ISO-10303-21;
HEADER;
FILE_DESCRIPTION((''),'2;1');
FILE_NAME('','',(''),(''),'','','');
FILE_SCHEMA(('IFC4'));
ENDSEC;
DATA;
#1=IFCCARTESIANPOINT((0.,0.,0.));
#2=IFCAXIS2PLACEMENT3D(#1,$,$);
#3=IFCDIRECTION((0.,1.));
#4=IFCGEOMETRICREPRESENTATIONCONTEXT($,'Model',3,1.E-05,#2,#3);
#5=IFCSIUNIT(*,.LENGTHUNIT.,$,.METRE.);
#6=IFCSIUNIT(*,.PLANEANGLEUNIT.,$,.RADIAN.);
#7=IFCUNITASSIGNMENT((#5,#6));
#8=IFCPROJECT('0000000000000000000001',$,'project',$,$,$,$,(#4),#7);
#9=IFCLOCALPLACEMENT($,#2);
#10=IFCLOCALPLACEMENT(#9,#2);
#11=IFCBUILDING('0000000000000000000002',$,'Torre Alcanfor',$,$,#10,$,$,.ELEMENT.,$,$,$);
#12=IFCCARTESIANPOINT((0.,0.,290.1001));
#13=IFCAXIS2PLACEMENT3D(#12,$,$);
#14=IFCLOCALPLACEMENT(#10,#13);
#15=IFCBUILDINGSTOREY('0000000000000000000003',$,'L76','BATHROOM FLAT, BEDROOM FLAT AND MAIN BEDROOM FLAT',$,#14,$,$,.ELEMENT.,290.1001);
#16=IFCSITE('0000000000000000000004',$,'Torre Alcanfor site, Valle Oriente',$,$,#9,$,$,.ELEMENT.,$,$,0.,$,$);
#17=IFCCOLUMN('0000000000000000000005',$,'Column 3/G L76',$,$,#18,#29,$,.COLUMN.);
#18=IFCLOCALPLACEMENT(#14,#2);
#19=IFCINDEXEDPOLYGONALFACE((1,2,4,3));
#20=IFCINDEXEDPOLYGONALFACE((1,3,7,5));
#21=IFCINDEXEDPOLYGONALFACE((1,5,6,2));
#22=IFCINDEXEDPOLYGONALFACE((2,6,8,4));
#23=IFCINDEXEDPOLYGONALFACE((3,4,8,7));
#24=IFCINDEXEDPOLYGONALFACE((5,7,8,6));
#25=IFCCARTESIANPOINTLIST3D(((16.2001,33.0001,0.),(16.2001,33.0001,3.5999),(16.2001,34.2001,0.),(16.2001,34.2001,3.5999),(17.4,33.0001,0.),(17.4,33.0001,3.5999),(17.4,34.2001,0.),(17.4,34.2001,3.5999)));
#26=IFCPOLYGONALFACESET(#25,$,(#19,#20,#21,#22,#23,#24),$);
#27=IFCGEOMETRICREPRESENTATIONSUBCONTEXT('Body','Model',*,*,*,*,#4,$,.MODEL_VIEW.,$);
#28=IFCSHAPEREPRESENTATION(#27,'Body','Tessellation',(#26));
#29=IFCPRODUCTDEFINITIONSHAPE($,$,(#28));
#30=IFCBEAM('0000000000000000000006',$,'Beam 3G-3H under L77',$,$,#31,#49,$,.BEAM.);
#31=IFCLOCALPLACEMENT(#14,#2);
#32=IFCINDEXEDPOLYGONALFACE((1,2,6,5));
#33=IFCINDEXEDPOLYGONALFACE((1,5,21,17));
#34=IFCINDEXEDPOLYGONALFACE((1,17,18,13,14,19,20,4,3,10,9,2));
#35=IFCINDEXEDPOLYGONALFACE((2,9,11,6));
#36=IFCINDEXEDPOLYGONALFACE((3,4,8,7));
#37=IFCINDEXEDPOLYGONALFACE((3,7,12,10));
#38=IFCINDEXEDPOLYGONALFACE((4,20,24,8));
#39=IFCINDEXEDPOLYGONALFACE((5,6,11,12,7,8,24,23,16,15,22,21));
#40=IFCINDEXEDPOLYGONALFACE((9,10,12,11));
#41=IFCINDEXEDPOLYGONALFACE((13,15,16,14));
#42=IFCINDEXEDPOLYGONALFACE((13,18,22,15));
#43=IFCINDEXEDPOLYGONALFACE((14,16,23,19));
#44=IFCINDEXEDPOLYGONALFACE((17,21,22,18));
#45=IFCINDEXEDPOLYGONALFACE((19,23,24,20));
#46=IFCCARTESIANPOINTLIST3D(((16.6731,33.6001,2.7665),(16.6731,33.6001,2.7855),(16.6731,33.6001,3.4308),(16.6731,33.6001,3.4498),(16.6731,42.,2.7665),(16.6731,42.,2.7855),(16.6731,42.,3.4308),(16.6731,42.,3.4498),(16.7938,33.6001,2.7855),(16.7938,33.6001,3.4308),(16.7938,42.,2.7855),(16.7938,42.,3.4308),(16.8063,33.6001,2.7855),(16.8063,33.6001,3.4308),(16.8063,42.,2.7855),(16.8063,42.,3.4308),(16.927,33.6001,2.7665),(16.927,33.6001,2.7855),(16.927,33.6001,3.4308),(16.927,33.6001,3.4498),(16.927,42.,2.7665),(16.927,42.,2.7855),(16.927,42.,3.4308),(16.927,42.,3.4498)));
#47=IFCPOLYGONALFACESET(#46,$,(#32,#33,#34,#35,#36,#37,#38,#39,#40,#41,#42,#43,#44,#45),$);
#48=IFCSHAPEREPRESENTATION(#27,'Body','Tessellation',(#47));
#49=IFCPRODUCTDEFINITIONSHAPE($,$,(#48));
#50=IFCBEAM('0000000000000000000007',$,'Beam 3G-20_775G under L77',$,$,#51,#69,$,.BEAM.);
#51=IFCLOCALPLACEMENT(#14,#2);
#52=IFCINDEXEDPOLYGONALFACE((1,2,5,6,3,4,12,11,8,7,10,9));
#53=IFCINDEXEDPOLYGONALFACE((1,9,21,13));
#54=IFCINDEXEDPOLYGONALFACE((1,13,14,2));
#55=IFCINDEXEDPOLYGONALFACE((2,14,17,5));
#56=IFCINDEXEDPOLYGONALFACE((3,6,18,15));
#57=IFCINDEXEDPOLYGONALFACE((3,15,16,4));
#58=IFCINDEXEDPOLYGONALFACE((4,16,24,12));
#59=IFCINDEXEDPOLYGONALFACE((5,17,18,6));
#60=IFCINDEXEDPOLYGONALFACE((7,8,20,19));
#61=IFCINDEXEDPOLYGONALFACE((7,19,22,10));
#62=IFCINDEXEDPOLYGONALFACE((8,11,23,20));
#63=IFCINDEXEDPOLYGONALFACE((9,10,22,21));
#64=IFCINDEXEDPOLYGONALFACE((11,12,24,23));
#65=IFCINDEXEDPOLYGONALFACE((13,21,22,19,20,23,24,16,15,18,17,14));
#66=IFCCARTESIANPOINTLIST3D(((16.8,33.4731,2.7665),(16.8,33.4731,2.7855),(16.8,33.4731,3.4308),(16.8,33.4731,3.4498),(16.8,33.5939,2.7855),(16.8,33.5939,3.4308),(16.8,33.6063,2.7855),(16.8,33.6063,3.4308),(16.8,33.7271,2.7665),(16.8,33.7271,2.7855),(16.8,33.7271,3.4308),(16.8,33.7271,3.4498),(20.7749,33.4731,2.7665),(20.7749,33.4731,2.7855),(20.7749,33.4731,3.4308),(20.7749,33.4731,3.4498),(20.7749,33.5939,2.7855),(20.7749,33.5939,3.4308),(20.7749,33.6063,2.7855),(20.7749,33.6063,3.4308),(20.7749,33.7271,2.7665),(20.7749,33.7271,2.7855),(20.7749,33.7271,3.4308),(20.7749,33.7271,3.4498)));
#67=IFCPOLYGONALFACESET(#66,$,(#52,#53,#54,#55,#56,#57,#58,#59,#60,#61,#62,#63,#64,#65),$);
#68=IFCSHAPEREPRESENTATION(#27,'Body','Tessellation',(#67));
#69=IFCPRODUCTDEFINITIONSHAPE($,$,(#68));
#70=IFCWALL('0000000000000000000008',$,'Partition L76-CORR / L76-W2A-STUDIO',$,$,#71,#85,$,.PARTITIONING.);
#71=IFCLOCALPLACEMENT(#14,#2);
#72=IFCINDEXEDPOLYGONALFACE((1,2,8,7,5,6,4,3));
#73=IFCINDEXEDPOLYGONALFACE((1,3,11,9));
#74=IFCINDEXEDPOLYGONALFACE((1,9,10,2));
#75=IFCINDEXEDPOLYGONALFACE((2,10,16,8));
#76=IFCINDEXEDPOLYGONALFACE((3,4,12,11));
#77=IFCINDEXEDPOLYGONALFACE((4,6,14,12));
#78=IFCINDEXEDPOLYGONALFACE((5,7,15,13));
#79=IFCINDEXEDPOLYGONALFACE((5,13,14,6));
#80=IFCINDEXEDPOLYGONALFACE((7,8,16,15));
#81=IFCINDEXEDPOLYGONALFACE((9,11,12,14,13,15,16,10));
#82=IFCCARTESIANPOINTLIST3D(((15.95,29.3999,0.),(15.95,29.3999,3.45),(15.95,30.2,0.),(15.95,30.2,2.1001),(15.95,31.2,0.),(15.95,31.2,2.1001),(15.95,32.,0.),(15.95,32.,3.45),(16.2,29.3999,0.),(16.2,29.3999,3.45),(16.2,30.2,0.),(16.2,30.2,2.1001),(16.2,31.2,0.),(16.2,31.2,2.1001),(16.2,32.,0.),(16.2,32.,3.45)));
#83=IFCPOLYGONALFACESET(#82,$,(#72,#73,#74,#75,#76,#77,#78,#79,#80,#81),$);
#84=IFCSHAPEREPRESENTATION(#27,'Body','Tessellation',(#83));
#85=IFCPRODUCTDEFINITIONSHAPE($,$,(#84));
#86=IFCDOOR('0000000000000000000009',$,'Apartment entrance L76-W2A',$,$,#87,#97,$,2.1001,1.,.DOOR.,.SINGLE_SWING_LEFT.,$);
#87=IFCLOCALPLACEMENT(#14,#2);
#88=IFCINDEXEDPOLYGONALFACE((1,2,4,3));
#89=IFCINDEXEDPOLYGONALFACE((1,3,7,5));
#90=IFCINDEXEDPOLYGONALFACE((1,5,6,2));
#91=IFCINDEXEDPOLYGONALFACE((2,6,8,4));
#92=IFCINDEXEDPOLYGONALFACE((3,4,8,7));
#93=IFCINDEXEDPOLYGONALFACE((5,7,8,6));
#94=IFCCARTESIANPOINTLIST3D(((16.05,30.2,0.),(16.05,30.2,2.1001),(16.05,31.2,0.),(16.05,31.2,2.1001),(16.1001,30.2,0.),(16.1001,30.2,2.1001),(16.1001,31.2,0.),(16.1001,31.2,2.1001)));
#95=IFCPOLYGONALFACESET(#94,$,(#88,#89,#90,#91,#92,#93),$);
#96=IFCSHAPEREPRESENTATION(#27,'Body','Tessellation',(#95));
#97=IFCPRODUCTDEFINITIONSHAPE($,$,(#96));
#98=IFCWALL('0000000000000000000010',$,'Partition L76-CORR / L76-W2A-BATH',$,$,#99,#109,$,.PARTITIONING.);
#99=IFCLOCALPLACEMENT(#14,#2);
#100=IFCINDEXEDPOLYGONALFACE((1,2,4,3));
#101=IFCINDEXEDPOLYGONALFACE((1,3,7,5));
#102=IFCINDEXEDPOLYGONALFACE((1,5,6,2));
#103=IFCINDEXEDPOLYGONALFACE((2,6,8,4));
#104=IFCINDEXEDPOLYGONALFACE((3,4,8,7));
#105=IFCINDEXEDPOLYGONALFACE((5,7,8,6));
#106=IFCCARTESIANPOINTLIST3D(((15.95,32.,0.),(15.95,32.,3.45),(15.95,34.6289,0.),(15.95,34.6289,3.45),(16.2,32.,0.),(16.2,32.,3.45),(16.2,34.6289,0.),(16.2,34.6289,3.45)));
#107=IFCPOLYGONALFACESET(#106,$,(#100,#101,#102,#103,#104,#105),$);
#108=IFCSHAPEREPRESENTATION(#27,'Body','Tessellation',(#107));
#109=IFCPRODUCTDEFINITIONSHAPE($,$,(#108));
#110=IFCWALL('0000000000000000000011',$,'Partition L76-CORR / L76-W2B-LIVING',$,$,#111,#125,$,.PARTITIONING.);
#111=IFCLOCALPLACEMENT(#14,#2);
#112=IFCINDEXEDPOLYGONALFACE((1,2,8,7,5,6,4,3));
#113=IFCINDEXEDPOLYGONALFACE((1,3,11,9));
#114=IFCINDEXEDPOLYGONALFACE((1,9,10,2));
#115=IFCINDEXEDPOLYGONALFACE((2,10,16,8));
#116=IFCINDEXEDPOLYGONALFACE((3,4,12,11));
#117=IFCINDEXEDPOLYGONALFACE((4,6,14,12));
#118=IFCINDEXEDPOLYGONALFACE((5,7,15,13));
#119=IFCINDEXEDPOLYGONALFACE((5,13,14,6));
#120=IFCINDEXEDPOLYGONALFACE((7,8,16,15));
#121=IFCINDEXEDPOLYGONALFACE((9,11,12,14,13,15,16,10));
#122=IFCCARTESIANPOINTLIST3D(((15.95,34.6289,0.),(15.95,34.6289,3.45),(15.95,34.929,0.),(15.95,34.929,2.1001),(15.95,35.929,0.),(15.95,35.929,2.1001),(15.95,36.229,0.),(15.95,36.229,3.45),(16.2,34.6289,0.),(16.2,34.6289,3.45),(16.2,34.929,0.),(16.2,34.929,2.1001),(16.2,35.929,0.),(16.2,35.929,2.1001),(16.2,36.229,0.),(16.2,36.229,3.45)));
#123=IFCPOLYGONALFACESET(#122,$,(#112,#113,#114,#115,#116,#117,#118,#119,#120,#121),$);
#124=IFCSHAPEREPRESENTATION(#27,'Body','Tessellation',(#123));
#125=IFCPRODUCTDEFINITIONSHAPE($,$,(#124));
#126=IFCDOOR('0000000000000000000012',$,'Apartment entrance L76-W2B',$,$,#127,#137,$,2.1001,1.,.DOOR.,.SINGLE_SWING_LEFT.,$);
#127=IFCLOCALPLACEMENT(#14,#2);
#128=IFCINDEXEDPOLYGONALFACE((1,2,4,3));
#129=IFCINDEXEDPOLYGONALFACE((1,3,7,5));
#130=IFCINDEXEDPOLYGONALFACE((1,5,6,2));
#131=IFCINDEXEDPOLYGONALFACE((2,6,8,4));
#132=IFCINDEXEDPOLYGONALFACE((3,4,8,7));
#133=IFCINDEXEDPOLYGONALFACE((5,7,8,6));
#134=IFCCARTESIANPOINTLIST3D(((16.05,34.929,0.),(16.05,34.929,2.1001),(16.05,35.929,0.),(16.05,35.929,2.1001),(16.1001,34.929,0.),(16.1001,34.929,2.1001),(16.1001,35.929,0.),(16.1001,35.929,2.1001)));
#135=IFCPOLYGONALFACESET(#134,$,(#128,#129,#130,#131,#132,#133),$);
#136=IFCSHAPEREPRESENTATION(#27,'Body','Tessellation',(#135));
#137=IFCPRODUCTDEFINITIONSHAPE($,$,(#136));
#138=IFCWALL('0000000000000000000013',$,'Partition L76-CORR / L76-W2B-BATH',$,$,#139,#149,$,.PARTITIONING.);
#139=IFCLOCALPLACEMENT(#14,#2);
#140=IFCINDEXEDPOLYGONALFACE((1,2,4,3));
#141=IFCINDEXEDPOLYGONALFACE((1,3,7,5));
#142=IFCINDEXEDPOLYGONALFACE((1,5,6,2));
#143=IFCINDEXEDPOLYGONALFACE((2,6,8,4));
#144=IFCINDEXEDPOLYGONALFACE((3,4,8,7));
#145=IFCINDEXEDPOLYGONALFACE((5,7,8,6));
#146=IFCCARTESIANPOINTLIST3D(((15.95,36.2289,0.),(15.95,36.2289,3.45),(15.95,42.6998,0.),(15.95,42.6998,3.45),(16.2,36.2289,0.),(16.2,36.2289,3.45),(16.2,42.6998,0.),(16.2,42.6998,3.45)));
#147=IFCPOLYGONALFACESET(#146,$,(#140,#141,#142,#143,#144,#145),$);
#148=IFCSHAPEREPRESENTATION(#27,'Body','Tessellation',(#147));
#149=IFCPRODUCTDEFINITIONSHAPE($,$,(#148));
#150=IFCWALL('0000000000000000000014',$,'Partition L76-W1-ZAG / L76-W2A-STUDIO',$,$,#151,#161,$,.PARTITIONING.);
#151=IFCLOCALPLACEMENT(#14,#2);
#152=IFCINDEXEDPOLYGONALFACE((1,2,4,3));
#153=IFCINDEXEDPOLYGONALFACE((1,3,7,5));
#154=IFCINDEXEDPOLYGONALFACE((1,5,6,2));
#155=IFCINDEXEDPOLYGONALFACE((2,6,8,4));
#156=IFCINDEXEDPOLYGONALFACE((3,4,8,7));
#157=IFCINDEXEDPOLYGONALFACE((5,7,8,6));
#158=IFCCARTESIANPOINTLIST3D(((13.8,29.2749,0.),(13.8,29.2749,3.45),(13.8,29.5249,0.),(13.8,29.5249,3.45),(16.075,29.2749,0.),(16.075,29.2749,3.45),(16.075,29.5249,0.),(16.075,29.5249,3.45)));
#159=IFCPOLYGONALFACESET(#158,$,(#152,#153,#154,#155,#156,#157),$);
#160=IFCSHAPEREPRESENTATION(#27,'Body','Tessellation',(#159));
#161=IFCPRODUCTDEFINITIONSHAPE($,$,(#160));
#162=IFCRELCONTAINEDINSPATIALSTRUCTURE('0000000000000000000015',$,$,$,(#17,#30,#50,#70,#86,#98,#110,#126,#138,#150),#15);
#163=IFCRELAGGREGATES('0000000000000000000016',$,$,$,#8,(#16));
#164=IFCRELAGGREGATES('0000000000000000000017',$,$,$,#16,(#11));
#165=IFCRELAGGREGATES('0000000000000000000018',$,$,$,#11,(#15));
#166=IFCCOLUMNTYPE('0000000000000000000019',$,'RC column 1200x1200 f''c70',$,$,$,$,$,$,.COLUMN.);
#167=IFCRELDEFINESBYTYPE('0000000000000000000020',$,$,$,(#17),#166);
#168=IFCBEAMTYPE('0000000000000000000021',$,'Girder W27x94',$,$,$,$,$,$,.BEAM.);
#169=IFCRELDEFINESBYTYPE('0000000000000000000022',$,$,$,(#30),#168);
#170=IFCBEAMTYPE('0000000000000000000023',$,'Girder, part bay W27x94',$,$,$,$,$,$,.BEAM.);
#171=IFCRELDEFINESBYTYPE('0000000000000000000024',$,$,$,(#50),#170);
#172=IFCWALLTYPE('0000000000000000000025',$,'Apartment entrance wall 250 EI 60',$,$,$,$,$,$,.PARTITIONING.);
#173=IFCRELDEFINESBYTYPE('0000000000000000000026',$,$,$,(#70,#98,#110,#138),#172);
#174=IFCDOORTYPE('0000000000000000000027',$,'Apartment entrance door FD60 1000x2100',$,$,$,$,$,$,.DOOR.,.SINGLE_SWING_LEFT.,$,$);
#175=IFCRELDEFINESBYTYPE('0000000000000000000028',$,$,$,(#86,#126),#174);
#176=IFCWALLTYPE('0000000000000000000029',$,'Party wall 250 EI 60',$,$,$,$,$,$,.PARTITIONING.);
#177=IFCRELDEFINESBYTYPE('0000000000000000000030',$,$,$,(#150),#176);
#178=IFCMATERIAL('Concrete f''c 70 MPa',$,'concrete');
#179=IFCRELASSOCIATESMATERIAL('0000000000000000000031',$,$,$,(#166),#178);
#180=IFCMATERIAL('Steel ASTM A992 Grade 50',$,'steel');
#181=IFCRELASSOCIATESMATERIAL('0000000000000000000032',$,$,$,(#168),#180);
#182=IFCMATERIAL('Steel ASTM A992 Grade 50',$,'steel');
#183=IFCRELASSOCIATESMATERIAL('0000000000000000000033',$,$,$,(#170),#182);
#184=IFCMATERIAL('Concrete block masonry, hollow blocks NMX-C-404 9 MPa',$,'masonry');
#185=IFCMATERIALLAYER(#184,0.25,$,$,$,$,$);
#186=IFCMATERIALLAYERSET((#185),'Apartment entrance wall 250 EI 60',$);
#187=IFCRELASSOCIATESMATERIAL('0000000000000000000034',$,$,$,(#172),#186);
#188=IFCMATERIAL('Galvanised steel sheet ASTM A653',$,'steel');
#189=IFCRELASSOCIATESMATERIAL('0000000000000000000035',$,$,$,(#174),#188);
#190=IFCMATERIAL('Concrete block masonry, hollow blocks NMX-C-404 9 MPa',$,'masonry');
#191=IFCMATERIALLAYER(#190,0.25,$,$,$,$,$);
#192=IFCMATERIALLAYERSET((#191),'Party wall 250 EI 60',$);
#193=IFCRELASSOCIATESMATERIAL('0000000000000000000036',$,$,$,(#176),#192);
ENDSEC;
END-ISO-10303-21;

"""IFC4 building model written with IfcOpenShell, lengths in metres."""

from ifc_helpers import new_model, si_unit, direction, frame, frame_2d, origin, origin_2d, place, context, subcontext, project, spatial, rectangle, i_section, extrude, material, layer, layer_set, material_profile, profile_set, type_object, element, fill, save


model = new_model("IFC4")

# Units and contexts
model_context = context("Model", 3, precision=1e-05, world=origin(), true_north=direction((0.0, 1.0)))
body_context = subcontext(model_context, "Body", "Model", "MODEL_VIEW")
ifc_project = project(units=[si_unit("LENGTHUNIT", "METRE"), si_unit("PLANEANGLEUNIT", "RADIAN")], contexts=[model_context])

# Site, building, storey
site_placement = place(None, origin())
site = spatial("IfcSite", under=ifc_project, at=site_placement, Name="Torre Alcanfor site, Valle Oriente", CompositionType="ELEMENT", RefElevation=0.0)
building_placement = place(site_placement, origin())
building = spatial("IfcBuilding", under=site, at=building_placement, Name="Torre Alcanfor", CompositionType="ELEMENT")
storey_placement = place(building_placement, frame((0.0, 0.0, 290.1001)))
storey = spatial("IfcBuildingStorey", under=building, at=storey_placement, Name="L76", Description="BATHROOM FLAT, BEDROOM FLAT AND MAIN BEDROOM FLAT", CompositionType="ELEMENT", Elevation=290.1001)

# Column
ifc_material_1 = material(Name="Concrete f'c 70 MPa", Category="concrete")
ifc_material_profile_1 = material_profile(ifc_material_1, rectangle(XDim=1.2, YDim=1.2, at=origin_2d()), Name="1200x1200")
ifc_profile_set_1 = profile_set([ifc_material_profile_1], Name="Concrete f'c 70 MPa")
column_type = type_object("IfcColumnType", Name="RC column 1200x1200 f'c70", PredefinedType="COLUMN", material=ifc_profile_set_1)
column_placement = place(storey_placement, frame((16.8, 33.6001, 0.0), z_axis=(0.0, 0.0, 1.0), x_axis=(1.0, 0.0, 0.0)))
element("IfcColumn", 1, at=column_placement, inside=storey, type_object=column_type, Name="Column 3/G L76", PredefinedType="COLUMN", context=body_context, shape_type="SweptSolid", body=[
    extrude(rectangle(XDim=1.2, YDim=1.2, at=origin_2d()), origin(), (0.0, 0.0, 1.0), 3.5999),
])

# Beams
ifc_material_2 = material(Name="Steel ASTM A992 Grade 50", Category="steel")
ifc_material_profile_2 = material_profile(ifc_material_2, i_section(OverallWidth=0.2539, OverallDepth=0.6833, WebThickness=0.0125, FlangeThickness=0.019, at=origin_2d()), Name="W27x94")
ifc_profile_set_2 = profile_set([ifc_material_profile_2], Name="Steel ASTM A992 Grade 50")
beam_type_1 = type_object("IfcBeamType", Name="Girder W27x94", PredefinedType="BEAM", material=ifc_profile_set_2)
beam_1_placement = place(storey_placement, frame((16.8, 33.6001, 3.1082), z_axis=(0.0, 1.0, 0.0), x_axis=(-1.0, 0.0, 0.0)))
element("IfcBeam", 2, at=beam_1_placement, inside=storey, type_object=beam_type_1, Name="Beam 3G-3H under L77", PredefinedType="BEAM", context=body_context, shape_type="SweptSolid", body=[
    extrude(i_section(OverallWidth=0.2539, OverallDepth=0.6833, WebThickness=0.0125, FlangeThickness=0.019, at=origin_2d()), origin(), (0.0, 0.0, 1.0), 8.3999),
])
ifc_material_3 = material(Name="Steel ASTM A992 Grade 50", Category="steel")
ifc_material_profile_3 = material_profile(ifc_material_3, i_section(OverallWidth=0.2539, OverallDepth=0.6833, WebThickness=0.0125, FlangeThickness=0.019, at=origin_2d()), Name="W27x94")
ifc_profile_set_3 = profile_set([ifc_material_profile_3], Name="Steel ASTM A992 Grade 50")
beam_type_2 = type_object("IfcBeamType", Name="Girder, part bay W27x94", PredefinedType="BEAM", material=ifc_profile_set_3)
beam_2_placement = place(storey_placement, frame((16.8, 33.6001, 3.1082), z_axis=(1.0, 0.0, 0.0), x_axis=(0.0, 1.0, 0.0)))
element("IfcBeam", 3, at=beam_2_placement, inside=storey, type_object=beam_type_2, Name="Beam 3G-20_775G under L77", PredefinedType="BEAM", context=body_context, shape_type="SweptSolid", body=[
    extrude(i_section(OverallWidth=0.2539, OverallDepth=0.6833, WebThickness=0.0125, FlangeThickness=0.019, at=origin_2d()), origin(), (0.0, 0.0, 1.0), 3.9749),
])

# Wall, opening, door
ifc_material_4 = material(Name="Concrete block masonry, hollow blocks NMX-C-404 9 MPa", Category="masonry")
ifc_layer_1 = layer(ifc_material_4, 0.25)
ifc_layer_set_1 = layer_set([ifc_layer_1], Name="Apartment entrance wall 250 EI 60")
wall_type_1 = type_object("IfcWallType", Name="Apartment entrance wall 250 EI 60", PredefinedType="PARTITIONING", material=ifc_layer_set_1)
wall_1_placement = place(storey_placement, frame((16.075, 29.3999, 0.0), z_axis=(0.0, 0.0, 1.0), x_axis=(0.0, 1.0, 0.0)))
wall_1 = element("IfcWall", 4, at=wall_1_placement, inside=storey, type_object=wall_type_1, Name="Partition L76-CORR / L76-W2A-STUDIO", PredefinedType="PARTITIONING", context=body_context, shape_type="SweptSolid", body=[
    extrude(rectangle(XDim=2.6001, YDim=0.25, at=frame_2d((1.3, 0.0))), origin(), (0.0, 0.0, 1.0), 3.45),
])
opening_1_placement = place(wall_1_placement, frame((0.8, 0.0, 0.0)))
opening_1 = element("IfcOpeningElement", 5, at=opening_1_placement, cuts=wall_1, PredefinedType="OPENING", context=body_context, shape_type="SweptSolid", body=[
    extrude(rectangle(XDim=1.0, YDim=2.1001, at=frame_2d((0.5, 1.05))), frame((0.0, 0.135, 0.0), z_axis=(0.0, -1.0, 0.0), x_axis=(1.0, 0.0, 0.0)), (0.0, 0.0, 1.0), 0.27),
])
ifc_material_5 = material(Name="Galvanised steel sheet ASTM A653", Category="steel")
door_type_1 = type_object("IfcDoorType", Name="Apartment entrance door FD60 1000x2100", OperationType="SINGLE_SWING_LEFT", PredefinedType="DOOR", material=ifc_material_5)
door_1_placement = place(opening_1_placement, origin())
door_1 = element("IfcDoor", 6, at=door_1_placement, inside=storey, type_object=door_type_1, Name="Apartment entrance L76-W2A", OperationType="SINGLE_SWING_LEFT", OverallHeight=2.1001, OverallWidth=1.0, PredefinedType="DOOR", context=body_context, shape_type="SweptSolid", body=[
    extrude(rectangle(XDim=1.0, YDim=2.1001, at=frame_2d((0.5, 1.05))), frame((0.0, 0.0249, 0.0), z_axis=(0.0, -1.0, 0.0), x_axis=(1.0, 0.0, 0.0)), (0.0, 0.0, 1.0), 0.05),
])
fill(opening_1, door_1)

# Wall
wall_2_placement = place(storey_placement, frame((16.075, 32.0, 0.0), z_axis=(0.0, 0.0, 1.0), x_axis=(0.0, 1.0, 0.0)))
element("IfcWall", 7, at=wall_2_placement, inside=storey, type_object=wall_type_1, Name="Partition L76-CORR / L76-W2A-BATH", PredefinedType="PARTITIONING", context=body_context, shape_type="SweptSolid", body=[
    extrude(rectangle(XDim=2.6289, YDim=0.25, at=frame_2d((1.3145, 0.0))), origin(), (0.0, 0.0, 1.0), 3.45),
])

# Wall, opening, door
wall_3_placement = place(storey_placement, frame((16.075, 34.6289, 0.0), z_axis=(0.0, 0.0, 1.0), x_axis=(0.0, 1.0, 0.0)))
wall_3 = element("IfcWall", 8, at=wall_3_placement, inside=storey, type_object=wall_type_1, Name="Partition L76-CORR / L76-W2B-LIVING", PredefinedType="PARTITIONING", context=body_context, shape_type="SweptSolid", body=[
    extrude(rectangle(XDim=1.6001, YDim=0.25, at=frame_2d((0.8, 0.0))), origin(), (0.0, 0.0, 1.0), 3.45),
])
opening_2_placement = place(wall_3_placement, frame((0.3, 0.0, 0.0)))
opening_2 = element("IfcOpeningElement", 9, at=opening_2_placement, cuts=wall_3, PredefinedType="OPENING", context=body_context, shape_type="SweptSolid", body=[
    extrude(rectangle(XDim=1.0, YDim=2.1001, at=frame_2d((0.5, 1.05))), frame((0.0, 0.135, 0.0), z_axis=(0.0, -1.0, 0.0), x_axis=(1.0, 0.0, 0.0)), (0.0, 0.0, 1.0), 0.27),
])
door_2_placement = place(opening_2_placement, origin())
door_2 = element("IfcDoor", 10, at=door_2_placement, inside=storey, type_object=door_type_1, Name="Apartment entrance L76-W2B", OperationType="SINGLE_SWING_LEFT", OverallHeight=2.1001, OverallWidth=1.0, PredefinedType="DOOR", context=body_context, shape_type="SweptSolid", body=[
    extrude(rectangle(XDim=1.0, YDim=2.1001, at=frame_2d((0.5, 1.05))), frame((0.0, 0.0249, 0.0), z_axis=(0.0, -1.0, 0.0), x_axis=(1.0, 0.0, 0.0)), (0.0, 0.0, 1.0), 0.05),
])
fill(opening_2, door_2)

# Walls
wall_4_placement = place(storey_placement, frame((16.075, 36.229, 0.0), z_axis=(0.0, 0.0, 1.0), x_axis=(0.0, 1.0, 0.0)))
element("IfcWall", 11, at=wall_4_placement, inside=storey, type_object=wall_type_1, Name="Partition L76-CORR / L76-W2B-BATH", PredefinedType="PARTITIONING", context=body_context, shape_type="SweptSolid", body=[
    extrude(rectangle(XDim=6.4709, YDim=0.25, at=frame_2d((3.2354, 0.0))), origin(), (0.0, 0.0, 1.0), 3.45),
])
ifc_material_6 = material(Name="Concrete block masonry, hollow blocks NMX-C-404 9 MPa", Category="masonry")
ifc_layer_2 = layer(ifc_material_6, 0.25)
ifc_layer_set_2 = layer_set([ifc_layer_2], Name="Party wall 250 EI 60")
wall_type_2 = type_object("IfcWallType", Name="Party wall 250 EI 60", PredefinedType="PARTITIONING", material=ifc_layer_set_2)
wall_5_placement = place(storey_placement, frame((16.075, 29.3999, 0.0), z_axis=(0.0, 0.0, 1.0), x_axis=(-1.0, 0.0, 0.0)))
element("IfcWall", 12, at=wall_5_placement, inside=storey, type_object=wall_type_2, Name="Partition L76-W1-ZAG / L76-W2A-STUDIO", PredefinedType="PARTITIONING", context=body_context, shape_type="SweptSolid", body=[
    extrude(rectangle(XDim=2.2749, YDim=0.25, at=frame_2d((1.1375, 0.0))), origin(), (0.0, 0.0, 1.0), 3.45),
])

save(model, "model.ifc")
